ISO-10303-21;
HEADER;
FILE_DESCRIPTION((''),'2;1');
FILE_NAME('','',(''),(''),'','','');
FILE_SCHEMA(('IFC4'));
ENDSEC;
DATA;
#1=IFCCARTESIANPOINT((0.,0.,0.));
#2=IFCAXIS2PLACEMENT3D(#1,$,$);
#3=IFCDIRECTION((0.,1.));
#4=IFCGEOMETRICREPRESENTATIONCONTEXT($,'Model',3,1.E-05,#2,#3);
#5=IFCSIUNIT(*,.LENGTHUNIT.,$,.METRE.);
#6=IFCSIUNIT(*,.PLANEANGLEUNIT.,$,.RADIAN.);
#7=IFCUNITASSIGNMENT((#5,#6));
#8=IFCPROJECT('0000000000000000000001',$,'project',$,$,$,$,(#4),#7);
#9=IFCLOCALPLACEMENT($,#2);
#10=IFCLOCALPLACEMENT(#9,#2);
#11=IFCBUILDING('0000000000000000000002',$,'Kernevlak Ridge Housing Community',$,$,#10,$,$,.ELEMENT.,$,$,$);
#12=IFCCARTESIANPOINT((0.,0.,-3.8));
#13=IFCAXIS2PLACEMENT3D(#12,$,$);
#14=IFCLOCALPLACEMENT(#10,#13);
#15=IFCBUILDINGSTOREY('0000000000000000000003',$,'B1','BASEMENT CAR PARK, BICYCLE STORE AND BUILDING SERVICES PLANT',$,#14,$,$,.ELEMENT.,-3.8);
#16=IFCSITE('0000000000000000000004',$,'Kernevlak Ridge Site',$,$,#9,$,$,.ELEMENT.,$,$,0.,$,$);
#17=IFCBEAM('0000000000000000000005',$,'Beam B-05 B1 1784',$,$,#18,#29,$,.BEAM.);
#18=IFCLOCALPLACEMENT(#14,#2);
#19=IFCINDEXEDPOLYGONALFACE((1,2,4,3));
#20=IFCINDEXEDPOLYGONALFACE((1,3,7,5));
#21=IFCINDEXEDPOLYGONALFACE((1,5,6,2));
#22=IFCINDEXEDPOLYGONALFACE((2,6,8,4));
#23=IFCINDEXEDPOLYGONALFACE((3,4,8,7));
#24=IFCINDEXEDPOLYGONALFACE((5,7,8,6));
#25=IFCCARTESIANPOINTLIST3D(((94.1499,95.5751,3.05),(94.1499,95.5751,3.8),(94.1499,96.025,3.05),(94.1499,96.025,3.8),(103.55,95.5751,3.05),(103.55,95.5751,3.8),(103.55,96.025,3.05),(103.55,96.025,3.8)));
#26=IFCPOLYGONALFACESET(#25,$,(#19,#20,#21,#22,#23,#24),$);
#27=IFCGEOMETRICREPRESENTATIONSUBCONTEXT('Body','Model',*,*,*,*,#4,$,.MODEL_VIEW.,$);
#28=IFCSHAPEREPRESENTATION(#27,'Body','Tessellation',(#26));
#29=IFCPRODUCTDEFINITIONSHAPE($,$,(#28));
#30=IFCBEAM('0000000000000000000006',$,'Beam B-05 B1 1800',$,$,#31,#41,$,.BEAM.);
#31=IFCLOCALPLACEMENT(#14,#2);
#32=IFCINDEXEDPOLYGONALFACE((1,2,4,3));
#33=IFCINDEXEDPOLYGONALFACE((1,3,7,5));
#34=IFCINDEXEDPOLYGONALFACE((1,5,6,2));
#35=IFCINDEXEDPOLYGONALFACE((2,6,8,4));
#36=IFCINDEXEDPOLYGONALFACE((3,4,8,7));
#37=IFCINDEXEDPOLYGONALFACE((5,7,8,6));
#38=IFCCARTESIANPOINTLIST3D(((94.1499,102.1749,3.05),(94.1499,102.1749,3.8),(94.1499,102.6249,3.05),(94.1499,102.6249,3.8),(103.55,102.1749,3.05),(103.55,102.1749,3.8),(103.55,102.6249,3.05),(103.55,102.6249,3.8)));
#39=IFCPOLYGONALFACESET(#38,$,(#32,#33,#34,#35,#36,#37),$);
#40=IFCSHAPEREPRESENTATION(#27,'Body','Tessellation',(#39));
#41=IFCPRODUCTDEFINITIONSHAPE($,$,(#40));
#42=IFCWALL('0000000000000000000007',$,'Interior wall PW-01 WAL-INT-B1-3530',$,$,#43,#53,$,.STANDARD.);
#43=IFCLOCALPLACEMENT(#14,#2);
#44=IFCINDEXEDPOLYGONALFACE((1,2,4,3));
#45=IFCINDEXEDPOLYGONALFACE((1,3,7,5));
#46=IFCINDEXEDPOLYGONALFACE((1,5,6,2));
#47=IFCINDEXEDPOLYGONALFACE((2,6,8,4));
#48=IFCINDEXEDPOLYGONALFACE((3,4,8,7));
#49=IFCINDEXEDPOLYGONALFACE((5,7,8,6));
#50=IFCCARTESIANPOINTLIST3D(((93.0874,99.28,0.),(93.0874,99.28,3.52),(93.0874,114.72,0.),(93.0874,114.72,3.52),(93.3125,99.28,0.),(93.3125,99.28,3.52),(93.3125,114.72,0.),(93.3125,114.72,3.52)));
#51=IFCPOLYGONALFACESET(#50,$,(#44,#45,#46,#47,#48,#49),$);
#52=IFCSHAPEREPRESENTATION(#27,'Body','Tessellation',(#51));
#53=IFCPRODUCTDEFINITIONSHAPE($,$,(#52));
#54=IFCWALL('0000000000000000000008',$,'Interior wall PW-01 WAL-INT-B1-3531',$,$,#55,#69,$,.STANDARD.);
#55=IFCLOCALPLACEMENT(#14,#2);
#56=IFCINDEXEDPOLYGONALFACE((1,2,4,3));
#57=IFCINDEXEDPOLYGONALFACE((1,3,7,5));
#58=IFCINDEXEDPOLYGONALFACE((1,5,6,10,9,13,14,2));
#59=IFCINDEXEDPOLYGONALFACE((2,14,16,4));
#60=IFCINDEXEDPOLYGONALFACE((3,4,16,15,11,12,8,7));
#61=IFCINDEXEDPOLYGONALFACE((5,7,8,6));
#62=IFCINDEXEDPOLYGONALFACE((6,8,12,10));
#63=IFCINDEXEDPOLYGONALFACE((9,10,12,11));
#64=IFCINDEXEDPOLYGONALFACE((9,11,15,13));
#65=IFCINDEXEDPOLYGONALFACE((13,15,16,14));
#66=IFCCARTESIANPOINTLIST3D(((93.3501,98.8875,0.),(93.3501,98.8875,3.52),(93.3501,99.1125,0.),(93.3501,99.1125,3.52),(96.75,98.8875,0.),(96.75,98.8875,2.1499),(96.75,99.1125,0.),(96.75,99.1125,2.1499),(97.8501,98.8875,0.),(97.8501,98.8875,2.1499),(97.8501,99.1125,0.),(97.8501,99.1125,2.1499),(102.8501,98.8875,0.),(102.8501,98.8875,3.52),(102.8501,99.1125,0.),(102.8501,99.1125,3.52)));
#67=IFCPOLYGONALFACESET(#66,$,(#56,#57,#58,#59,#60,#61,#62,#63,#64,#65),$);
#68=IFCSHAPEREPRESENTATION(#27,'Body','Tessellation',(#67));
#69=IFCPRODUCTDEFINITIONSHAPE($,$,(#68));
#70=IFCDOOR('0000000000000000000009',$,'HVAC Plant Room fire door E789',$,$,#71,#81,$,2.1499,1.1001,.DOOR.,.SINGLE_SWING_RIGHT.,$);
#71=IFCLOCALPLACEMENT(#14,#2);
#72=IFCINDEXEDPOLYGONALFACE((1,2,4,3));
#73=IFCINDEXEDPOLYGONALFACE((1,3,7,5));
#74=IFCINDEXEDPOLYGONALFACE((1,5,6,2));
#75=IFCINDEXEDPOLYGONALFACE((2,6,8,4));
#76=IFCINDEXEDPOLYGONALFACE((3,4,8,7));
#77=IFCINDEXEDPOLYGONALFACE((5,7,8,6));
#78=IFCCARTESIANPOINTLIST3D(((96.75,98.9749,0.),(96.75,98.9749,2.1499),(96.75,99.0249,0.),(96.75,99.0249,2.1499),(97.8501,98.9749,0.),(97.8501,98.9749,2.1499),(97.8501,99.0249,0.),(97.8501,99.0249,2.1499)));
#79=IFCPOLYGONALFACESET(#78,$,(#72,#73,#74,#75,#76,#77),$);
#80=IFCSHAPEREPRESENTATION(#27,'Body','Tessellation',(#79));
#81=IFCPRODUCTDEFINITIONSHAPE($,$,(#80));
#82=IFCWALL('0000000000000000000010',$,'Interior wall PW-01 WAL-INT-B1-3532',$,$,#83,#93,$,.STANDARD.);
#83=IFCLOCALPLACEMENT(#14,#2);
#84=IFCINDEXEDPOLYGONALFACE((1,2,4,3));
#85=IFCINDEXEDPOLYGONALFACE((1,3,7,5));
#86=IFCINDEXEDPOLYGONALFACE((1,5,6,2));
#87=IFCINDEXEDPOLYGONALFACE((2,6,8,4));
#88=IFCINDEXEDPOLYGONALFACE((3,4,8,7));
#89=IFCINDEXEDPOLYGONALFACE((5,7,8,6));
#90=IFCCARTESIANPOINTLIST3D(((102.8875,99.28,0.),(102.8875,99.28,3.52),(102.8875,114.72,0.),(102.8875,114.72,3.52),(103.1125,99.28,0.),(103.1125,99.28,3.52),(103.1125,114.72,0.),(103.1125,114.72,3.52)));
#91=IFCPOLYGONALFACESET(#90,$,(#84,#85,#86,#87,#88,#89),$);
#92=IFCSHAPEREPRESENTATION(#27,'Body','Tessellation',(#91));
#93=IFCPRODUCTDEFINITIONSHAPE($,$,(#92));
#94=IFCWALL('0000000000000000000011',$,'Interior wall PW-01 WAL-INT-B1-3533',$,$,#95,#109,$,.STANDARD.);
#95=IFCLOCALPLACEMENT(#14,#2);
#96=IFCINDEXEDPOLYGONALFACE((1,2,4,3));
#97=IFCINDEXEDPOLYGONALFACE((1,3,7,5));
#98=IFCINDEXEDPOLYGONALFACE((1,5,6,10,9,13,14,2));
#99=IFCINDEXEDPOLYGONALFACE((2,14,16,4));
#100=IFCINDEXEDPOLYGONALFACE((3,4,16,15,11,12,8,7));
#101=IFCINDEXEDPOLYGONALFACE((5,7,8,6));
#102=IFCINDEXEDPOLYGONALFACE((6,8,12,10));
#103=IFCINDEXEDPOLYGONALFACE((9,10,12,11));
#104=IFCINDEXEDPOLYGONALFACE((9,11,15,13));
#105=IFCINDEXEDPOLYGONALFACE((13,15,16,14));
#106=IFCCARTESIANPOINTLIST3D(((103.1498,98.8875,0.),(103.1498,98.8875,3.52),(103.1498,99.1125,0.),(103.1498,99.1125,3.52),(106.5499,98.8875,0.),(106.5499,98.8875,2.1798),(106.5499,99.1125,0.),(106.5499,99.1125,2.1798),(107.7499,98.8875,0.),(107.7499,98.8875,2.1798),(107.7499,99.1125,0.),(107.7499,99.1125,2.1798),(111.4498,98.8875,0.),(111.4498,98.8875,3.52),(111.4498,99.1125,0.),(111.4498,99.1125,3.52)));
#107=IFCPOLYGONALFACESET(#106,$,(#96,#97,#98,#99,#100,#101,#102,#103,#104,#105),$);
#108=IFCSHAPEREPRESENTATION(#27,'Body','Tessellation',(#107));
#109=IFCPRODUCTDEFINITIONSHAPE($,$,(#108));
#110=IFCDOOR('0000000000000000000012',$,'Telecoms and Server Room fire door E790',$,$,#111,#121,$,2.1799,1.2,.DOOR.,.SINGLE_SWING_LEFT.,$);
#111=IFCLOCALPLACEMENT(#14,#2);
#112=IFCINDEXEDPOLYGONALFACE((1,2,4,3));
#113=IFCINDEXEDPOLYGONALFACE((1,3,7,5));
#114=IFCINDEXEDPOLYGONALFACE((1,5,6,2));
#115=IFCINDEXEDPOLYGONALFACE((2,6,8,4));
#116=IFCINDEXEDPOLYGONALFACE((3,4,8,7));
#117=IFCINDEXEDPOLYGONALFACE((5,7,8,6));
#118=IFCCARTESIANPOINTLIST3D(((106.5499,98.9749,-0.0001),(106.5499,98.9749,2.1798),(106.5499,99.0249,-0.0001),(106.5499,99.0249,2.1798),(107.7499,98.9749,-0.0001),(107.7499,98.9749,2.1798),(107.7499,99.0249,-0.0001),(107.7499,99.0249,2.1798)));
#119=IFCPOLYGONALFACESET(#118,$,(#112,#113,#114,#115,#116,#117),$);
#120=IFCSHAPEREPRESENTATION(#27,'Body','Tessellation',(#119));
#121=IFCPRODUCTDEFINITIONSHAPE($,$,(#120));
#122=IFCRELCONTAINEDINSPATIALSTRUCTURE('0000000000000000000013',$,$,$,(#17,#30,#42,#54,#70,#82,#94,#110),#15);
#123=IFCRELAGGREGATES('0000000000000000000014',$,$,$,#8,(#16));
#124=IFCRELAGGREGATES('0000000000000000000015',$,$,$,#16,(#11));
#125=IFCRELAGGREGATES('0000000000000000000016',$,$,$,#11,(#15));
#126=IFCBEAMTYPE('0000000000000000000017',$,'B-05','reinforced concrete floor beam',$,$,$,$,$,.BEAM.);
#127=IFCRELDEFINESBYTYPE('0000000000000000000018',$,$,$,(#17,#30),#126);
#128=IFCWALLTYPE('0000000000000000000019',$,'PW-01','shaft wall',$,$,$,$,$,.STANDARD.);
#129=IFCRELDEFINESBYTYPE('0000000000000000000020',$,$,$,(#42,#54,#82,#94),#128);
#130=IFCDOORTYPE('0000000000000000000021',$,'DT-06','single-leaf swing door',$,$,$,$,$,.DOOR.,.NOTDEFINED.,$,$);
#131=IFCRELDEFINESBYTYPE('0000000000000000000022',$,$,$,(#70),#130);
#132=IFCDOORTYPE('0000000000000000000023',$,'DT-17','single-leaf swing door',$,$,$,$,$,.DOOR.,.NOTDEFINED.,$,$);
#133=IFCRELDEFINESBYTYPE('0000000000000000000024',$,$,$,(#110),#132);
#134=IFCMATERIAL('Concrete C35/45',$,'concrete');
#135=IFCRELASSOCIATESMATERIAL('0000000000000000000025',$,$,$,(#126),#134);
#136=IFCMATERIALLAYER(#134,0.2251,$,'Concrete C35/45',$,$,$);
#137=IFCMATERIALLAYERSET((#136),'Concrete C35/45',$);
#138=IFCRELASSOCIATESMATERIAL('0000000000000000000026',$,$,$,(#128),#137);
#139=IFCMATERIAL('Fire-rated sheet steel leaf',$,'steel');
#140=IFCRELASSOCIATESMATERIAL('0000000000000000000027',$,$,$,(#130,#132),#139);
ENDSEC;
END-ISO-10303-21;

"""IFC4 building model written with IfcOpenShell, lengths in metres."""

from ifc_helpers import new_model, si_unit, direction, frame, frame_2d, origin, origin_2d, place, context, subcontext, project, spatial, rectangle, extrude, material, layer, layer_set, material_profile, profile_set, type_object, element, fill, save


model = new_model("IFC4")

# Units and contexts
model_context = context("Model", 3, precision=1e-05, world=origin(), true_north=direction((0.0, 1.0)))
body_context = subcontext(model_context, "Body", "Model", "MODEL_VIEW")
ifc_project = project(units=[si_unit("LENGTHUNIT", "METRE"), si_unit("PLANEANGLEUNIT", "RADIAN")], contexts=[model_context])

# Site, building, storey
site_placement = place(None, origin())
site = spatial("IfcSite", under=ifc_project, at=site_placement, Name="Kernevlak Ridge Site", CompositionType="ELEMENT", RefElevation=0.0)
building_placement = place(site_placement, origin())
building = spatial("IfcBuilding", under=site, at=building_placement, Name="Kernevlak Ridge Housing Community", CompositionType="ELEMENT")
storey_placement = place(building_placement, frame((0.0, 0.0, -3.8)))
storey = spatial("IfcBuildingStorey", under=building, at=storey_placement, Name="B1", Description="BASEMENT CAR PARK, BICYCLE STORE AND BUILDING SERVICES PLANT", CompositionType="ELEMENT", Elevation=-3.8)

# Shared definitions
ifc_material_1 = material(Name="Concrete C35/45", Category="concrete")

# Beams
ifc_material_profile_1 = material_profile(ifc_material_1, rectangle(XDim=0.45, YDim=0.75, at=origin_2d()), Name="RC 450x750")
ifc_profile_set_1 = profile_set([ifc_material_profile_1], Name="Concrete C35/45")
beam_type_1 = type_object("IfcBeamType", Name="B-05", Description="reinforced concrete floor beam", PredefinedType="BEAM", material=ifc_profile_set_1)
for number, where, z_axis, x_axis, name in (
    (1, (94.1499, 95.8, 3.425), (1.0, 0.0, 0.0), (0.0, 1.0, 0.0), "Beam B-05 B1 1784"),
    (2, (94.1499, 102.3999, 3.425), (1.0, 0.0, 0.0), (0.0, 1.0, 0.0), "Beam B-05 B1 1800"),
):
    element("IfcBeam", number, at=place(storey_placement, frame(where, z_axis=z_axis, x_axis=x_axis)), inside=storey, type_object=beam_type_1, Name=name, PredefinedType="BEAM", context=body_context, shape_type="SweptSolid", body=[
        extrude(rectangle(XDim=0.45, YDim=0.75, at=origin_2d()), origin(), (0.0, 0.0, 1.0), 9.4001),
    ])

# Wall
ifc_layer = layer(ifc_material_1, 0.2251, Name="Concrete C35/45")
ifc_layer_set = layer_set([ifc_layer], Name="Concrete C35/45")
wall_type = type_object("IfcWallType", Name="PW-01", Description="shaft wall", PredefinedType="STANDARD", material=ifc_layer_set)
wall_1_placement = place(storey_placement, frame((93.2, 99.28, 0.0), z_axis=(0.0, 0.0, 1.0), x_axis=(0.0, 1.0, 0.0)))
element("IfcWall", 3, at=wall_1_placement, inside=storey, type_object=wall_type, Name="Interior wall PW-01 WAL-INT-B1-3530", PredefinedType="STANDARD", context=body_context, shape_type="SweptSolid", body=[
    extrude(rectangle(XDim=15.4399, YDim=0.2251, at=frame_2d((7.72, 0.0))), origin(), (0.0, 0.0, 1.0), 3.52),
])

# Wall, opening, door
wall_2_placement = place(storey_placement, frame((93.3501, 99.0, 0.0), z_axis=(0.0, 0.0, 1.0), x_axis=(1.0, 0.0, 0.0)))
wall_2 = element("IfcWall", 4, at=wall_2_placement, inside=storey, type_object=wall_type, Name="Interior wall PW-01 WAL-INT-B1-3531", PredefinedType="STANDARD", context=body_context, shape_type="SweptSolid", body=[
    extrude(rectangle(XDim=9.5, YDim=0.2251, at=frame_2d((4.75, 0.0))), origin(), (0.0, 0.0, 1.0), 3.52),
])
opening_1_placement = place(wall_2_placement, frame((3.3999, 0.0, 0.0)))
opening_1 = element("IfcOpeningElement", 5, at=opening_1_placement, cuts=wall_2, PredefinedType="OPENING", context=body_context, shape_type="SweptSolid", body=[
    extrude(rectangle(XDim=1.1001, YDim=2.1499, at=frame_2d((0.55, 1.075))), frame((0.0, 0.1226, 0.0), z_axis=(0.0, -1.0, 0.0), x_axis=(1.0, 0.0, 0.0)), (0.0, 0.0, 1.0), 0.2451),
])
ifc_material_2 = material(Name="Fire-rated sheet steel leaf", Category="steel")
door_type_1 = type_object("IfcDoorType", Name="DT-06", Description="single-leaf swing door", OperationType="NOTDEFINED", PredefinedType="DOOR", material=ifc_material_2)
door_1_placement = place(opening_1_placement, origin())
door_1 = element("IfcDoor", 6, at=door_1_placement, inside=storey, type_object=door_type_1, Name="HVAC Plant Room fire door E789", OperationType="SINGLE_SWING_RIGHT", OverallHeight=2.1499, OverallWidth=1.1001, PredefinedType="DOOR", context=body_context, shape_type="SweptSolid", body=[
    extrude(rectangle(XDim=1.1001, YDim=2.1499, at=frame_2d((0.55, 1.075))), frame((0.0, 0.0249, 0.0), z_axis=(0.0, -1.0, 0.0), x_axis=(1.0, 0.0, 0.0)), (0.0, 0.0, 1.0), 0.05),
])
fill(opening_1, door_1)

# Wall
wall_3_placement = place(storey_placement, frame((103.0, 99.28, 0.0), z_axis=(0.0, 0.0, 1.0), x_axis=(0.0, 1.0, 0.0)))
element("IfcWall", 7, at=wall_3_placement, inside=storey, type_object=wall_type, Name="Interior wall PW-01 WAL-INT-B1-3532", PredefinedType="STANDARD", context=body_context, shape_type="SweptSolid", body=[
    extrude(rectangle(XDim=15.4399, YDim=0.2251, at=frame_2d((7.72, 0.0))), origin(), (0.0, 0.0, 1.0), 3.52),
])

# Wall, opening, door
wall_4_placement = place(storey_placement, frame((103.1499, 99.0, 0.0), z_axis=(0.0, 0.0, 1.0), x_axis=(1.0, 0.0, 0.0)))
wall_4 = element("IfcWall", 8, at=wall_4_placement, inside=storey, type_object=wall_type, Name="Interior wall PW-01 WAL-INT-B1-3533", PredefinedType="STANDARD", context=body_context, shape_type="SweptSolid", body=[
    extrude(rectangle(XDim=8.3, YDim=0.2251, at=frame_2d((4.1499, 0.0))), origin(), (0.0, 0.0, 1.0), 3.52),
])
opening_2_placement = place(wall_4_placement, frame((3.3999, 0.0, 0.0)))
opening_2 = element("IfcOpeningElement", 9, at=opening_2_placement, cuts=wall_4, PredefinedType="OPENING", context=body_context, shape_type="SweptSolid", body=[
    extrude(rectangle(XDim=1.2, YDim=2.1799, at=frame_2d((0.6001, 1.0898))), frame((0.0, 0.1226, 0.0), z_axis=(0.0, -1.0, 0.0), x_axis=(1.0, 0.0, 0.0)), (0.0, 0.0, 1.0), 0.2451),
])
door_type_2 = type_object("IfcDoorType", Name="DT-17", Description="single-leaf swing door", OperationType="NOTDEFINED", PredefinedType="DOOR", material=ifc_material_2)
door_2_placement = place(opening_2_placement, origin())
door_2 = element("IfcDoor", 10, at=door_2_placement, inside=storey, type_object=door_type_2, Name="Telecoms and Server Room fire door E790", OperationType="SINGLE_SWING_LEFT", OverallHeight=2.1799, OverallWidth=1.2, PredefinedType="DOOR", context=body_context, shape_type="SweptSolid", body=[
    extrude(rectangle(XDim=1.2, YDim=2.1799, at=frame_2d((0.6001, 1.0898))), frame((0.0, 0.0249, 0.0), z_axis=(0.0, -1.0, 0.0), x_axis=(1.0, 0.0, 0.0)), (0.0, 0.0, 1.0), 0.05),
])
fill(opening_2, door_2)

save(model, "model.ifc")
